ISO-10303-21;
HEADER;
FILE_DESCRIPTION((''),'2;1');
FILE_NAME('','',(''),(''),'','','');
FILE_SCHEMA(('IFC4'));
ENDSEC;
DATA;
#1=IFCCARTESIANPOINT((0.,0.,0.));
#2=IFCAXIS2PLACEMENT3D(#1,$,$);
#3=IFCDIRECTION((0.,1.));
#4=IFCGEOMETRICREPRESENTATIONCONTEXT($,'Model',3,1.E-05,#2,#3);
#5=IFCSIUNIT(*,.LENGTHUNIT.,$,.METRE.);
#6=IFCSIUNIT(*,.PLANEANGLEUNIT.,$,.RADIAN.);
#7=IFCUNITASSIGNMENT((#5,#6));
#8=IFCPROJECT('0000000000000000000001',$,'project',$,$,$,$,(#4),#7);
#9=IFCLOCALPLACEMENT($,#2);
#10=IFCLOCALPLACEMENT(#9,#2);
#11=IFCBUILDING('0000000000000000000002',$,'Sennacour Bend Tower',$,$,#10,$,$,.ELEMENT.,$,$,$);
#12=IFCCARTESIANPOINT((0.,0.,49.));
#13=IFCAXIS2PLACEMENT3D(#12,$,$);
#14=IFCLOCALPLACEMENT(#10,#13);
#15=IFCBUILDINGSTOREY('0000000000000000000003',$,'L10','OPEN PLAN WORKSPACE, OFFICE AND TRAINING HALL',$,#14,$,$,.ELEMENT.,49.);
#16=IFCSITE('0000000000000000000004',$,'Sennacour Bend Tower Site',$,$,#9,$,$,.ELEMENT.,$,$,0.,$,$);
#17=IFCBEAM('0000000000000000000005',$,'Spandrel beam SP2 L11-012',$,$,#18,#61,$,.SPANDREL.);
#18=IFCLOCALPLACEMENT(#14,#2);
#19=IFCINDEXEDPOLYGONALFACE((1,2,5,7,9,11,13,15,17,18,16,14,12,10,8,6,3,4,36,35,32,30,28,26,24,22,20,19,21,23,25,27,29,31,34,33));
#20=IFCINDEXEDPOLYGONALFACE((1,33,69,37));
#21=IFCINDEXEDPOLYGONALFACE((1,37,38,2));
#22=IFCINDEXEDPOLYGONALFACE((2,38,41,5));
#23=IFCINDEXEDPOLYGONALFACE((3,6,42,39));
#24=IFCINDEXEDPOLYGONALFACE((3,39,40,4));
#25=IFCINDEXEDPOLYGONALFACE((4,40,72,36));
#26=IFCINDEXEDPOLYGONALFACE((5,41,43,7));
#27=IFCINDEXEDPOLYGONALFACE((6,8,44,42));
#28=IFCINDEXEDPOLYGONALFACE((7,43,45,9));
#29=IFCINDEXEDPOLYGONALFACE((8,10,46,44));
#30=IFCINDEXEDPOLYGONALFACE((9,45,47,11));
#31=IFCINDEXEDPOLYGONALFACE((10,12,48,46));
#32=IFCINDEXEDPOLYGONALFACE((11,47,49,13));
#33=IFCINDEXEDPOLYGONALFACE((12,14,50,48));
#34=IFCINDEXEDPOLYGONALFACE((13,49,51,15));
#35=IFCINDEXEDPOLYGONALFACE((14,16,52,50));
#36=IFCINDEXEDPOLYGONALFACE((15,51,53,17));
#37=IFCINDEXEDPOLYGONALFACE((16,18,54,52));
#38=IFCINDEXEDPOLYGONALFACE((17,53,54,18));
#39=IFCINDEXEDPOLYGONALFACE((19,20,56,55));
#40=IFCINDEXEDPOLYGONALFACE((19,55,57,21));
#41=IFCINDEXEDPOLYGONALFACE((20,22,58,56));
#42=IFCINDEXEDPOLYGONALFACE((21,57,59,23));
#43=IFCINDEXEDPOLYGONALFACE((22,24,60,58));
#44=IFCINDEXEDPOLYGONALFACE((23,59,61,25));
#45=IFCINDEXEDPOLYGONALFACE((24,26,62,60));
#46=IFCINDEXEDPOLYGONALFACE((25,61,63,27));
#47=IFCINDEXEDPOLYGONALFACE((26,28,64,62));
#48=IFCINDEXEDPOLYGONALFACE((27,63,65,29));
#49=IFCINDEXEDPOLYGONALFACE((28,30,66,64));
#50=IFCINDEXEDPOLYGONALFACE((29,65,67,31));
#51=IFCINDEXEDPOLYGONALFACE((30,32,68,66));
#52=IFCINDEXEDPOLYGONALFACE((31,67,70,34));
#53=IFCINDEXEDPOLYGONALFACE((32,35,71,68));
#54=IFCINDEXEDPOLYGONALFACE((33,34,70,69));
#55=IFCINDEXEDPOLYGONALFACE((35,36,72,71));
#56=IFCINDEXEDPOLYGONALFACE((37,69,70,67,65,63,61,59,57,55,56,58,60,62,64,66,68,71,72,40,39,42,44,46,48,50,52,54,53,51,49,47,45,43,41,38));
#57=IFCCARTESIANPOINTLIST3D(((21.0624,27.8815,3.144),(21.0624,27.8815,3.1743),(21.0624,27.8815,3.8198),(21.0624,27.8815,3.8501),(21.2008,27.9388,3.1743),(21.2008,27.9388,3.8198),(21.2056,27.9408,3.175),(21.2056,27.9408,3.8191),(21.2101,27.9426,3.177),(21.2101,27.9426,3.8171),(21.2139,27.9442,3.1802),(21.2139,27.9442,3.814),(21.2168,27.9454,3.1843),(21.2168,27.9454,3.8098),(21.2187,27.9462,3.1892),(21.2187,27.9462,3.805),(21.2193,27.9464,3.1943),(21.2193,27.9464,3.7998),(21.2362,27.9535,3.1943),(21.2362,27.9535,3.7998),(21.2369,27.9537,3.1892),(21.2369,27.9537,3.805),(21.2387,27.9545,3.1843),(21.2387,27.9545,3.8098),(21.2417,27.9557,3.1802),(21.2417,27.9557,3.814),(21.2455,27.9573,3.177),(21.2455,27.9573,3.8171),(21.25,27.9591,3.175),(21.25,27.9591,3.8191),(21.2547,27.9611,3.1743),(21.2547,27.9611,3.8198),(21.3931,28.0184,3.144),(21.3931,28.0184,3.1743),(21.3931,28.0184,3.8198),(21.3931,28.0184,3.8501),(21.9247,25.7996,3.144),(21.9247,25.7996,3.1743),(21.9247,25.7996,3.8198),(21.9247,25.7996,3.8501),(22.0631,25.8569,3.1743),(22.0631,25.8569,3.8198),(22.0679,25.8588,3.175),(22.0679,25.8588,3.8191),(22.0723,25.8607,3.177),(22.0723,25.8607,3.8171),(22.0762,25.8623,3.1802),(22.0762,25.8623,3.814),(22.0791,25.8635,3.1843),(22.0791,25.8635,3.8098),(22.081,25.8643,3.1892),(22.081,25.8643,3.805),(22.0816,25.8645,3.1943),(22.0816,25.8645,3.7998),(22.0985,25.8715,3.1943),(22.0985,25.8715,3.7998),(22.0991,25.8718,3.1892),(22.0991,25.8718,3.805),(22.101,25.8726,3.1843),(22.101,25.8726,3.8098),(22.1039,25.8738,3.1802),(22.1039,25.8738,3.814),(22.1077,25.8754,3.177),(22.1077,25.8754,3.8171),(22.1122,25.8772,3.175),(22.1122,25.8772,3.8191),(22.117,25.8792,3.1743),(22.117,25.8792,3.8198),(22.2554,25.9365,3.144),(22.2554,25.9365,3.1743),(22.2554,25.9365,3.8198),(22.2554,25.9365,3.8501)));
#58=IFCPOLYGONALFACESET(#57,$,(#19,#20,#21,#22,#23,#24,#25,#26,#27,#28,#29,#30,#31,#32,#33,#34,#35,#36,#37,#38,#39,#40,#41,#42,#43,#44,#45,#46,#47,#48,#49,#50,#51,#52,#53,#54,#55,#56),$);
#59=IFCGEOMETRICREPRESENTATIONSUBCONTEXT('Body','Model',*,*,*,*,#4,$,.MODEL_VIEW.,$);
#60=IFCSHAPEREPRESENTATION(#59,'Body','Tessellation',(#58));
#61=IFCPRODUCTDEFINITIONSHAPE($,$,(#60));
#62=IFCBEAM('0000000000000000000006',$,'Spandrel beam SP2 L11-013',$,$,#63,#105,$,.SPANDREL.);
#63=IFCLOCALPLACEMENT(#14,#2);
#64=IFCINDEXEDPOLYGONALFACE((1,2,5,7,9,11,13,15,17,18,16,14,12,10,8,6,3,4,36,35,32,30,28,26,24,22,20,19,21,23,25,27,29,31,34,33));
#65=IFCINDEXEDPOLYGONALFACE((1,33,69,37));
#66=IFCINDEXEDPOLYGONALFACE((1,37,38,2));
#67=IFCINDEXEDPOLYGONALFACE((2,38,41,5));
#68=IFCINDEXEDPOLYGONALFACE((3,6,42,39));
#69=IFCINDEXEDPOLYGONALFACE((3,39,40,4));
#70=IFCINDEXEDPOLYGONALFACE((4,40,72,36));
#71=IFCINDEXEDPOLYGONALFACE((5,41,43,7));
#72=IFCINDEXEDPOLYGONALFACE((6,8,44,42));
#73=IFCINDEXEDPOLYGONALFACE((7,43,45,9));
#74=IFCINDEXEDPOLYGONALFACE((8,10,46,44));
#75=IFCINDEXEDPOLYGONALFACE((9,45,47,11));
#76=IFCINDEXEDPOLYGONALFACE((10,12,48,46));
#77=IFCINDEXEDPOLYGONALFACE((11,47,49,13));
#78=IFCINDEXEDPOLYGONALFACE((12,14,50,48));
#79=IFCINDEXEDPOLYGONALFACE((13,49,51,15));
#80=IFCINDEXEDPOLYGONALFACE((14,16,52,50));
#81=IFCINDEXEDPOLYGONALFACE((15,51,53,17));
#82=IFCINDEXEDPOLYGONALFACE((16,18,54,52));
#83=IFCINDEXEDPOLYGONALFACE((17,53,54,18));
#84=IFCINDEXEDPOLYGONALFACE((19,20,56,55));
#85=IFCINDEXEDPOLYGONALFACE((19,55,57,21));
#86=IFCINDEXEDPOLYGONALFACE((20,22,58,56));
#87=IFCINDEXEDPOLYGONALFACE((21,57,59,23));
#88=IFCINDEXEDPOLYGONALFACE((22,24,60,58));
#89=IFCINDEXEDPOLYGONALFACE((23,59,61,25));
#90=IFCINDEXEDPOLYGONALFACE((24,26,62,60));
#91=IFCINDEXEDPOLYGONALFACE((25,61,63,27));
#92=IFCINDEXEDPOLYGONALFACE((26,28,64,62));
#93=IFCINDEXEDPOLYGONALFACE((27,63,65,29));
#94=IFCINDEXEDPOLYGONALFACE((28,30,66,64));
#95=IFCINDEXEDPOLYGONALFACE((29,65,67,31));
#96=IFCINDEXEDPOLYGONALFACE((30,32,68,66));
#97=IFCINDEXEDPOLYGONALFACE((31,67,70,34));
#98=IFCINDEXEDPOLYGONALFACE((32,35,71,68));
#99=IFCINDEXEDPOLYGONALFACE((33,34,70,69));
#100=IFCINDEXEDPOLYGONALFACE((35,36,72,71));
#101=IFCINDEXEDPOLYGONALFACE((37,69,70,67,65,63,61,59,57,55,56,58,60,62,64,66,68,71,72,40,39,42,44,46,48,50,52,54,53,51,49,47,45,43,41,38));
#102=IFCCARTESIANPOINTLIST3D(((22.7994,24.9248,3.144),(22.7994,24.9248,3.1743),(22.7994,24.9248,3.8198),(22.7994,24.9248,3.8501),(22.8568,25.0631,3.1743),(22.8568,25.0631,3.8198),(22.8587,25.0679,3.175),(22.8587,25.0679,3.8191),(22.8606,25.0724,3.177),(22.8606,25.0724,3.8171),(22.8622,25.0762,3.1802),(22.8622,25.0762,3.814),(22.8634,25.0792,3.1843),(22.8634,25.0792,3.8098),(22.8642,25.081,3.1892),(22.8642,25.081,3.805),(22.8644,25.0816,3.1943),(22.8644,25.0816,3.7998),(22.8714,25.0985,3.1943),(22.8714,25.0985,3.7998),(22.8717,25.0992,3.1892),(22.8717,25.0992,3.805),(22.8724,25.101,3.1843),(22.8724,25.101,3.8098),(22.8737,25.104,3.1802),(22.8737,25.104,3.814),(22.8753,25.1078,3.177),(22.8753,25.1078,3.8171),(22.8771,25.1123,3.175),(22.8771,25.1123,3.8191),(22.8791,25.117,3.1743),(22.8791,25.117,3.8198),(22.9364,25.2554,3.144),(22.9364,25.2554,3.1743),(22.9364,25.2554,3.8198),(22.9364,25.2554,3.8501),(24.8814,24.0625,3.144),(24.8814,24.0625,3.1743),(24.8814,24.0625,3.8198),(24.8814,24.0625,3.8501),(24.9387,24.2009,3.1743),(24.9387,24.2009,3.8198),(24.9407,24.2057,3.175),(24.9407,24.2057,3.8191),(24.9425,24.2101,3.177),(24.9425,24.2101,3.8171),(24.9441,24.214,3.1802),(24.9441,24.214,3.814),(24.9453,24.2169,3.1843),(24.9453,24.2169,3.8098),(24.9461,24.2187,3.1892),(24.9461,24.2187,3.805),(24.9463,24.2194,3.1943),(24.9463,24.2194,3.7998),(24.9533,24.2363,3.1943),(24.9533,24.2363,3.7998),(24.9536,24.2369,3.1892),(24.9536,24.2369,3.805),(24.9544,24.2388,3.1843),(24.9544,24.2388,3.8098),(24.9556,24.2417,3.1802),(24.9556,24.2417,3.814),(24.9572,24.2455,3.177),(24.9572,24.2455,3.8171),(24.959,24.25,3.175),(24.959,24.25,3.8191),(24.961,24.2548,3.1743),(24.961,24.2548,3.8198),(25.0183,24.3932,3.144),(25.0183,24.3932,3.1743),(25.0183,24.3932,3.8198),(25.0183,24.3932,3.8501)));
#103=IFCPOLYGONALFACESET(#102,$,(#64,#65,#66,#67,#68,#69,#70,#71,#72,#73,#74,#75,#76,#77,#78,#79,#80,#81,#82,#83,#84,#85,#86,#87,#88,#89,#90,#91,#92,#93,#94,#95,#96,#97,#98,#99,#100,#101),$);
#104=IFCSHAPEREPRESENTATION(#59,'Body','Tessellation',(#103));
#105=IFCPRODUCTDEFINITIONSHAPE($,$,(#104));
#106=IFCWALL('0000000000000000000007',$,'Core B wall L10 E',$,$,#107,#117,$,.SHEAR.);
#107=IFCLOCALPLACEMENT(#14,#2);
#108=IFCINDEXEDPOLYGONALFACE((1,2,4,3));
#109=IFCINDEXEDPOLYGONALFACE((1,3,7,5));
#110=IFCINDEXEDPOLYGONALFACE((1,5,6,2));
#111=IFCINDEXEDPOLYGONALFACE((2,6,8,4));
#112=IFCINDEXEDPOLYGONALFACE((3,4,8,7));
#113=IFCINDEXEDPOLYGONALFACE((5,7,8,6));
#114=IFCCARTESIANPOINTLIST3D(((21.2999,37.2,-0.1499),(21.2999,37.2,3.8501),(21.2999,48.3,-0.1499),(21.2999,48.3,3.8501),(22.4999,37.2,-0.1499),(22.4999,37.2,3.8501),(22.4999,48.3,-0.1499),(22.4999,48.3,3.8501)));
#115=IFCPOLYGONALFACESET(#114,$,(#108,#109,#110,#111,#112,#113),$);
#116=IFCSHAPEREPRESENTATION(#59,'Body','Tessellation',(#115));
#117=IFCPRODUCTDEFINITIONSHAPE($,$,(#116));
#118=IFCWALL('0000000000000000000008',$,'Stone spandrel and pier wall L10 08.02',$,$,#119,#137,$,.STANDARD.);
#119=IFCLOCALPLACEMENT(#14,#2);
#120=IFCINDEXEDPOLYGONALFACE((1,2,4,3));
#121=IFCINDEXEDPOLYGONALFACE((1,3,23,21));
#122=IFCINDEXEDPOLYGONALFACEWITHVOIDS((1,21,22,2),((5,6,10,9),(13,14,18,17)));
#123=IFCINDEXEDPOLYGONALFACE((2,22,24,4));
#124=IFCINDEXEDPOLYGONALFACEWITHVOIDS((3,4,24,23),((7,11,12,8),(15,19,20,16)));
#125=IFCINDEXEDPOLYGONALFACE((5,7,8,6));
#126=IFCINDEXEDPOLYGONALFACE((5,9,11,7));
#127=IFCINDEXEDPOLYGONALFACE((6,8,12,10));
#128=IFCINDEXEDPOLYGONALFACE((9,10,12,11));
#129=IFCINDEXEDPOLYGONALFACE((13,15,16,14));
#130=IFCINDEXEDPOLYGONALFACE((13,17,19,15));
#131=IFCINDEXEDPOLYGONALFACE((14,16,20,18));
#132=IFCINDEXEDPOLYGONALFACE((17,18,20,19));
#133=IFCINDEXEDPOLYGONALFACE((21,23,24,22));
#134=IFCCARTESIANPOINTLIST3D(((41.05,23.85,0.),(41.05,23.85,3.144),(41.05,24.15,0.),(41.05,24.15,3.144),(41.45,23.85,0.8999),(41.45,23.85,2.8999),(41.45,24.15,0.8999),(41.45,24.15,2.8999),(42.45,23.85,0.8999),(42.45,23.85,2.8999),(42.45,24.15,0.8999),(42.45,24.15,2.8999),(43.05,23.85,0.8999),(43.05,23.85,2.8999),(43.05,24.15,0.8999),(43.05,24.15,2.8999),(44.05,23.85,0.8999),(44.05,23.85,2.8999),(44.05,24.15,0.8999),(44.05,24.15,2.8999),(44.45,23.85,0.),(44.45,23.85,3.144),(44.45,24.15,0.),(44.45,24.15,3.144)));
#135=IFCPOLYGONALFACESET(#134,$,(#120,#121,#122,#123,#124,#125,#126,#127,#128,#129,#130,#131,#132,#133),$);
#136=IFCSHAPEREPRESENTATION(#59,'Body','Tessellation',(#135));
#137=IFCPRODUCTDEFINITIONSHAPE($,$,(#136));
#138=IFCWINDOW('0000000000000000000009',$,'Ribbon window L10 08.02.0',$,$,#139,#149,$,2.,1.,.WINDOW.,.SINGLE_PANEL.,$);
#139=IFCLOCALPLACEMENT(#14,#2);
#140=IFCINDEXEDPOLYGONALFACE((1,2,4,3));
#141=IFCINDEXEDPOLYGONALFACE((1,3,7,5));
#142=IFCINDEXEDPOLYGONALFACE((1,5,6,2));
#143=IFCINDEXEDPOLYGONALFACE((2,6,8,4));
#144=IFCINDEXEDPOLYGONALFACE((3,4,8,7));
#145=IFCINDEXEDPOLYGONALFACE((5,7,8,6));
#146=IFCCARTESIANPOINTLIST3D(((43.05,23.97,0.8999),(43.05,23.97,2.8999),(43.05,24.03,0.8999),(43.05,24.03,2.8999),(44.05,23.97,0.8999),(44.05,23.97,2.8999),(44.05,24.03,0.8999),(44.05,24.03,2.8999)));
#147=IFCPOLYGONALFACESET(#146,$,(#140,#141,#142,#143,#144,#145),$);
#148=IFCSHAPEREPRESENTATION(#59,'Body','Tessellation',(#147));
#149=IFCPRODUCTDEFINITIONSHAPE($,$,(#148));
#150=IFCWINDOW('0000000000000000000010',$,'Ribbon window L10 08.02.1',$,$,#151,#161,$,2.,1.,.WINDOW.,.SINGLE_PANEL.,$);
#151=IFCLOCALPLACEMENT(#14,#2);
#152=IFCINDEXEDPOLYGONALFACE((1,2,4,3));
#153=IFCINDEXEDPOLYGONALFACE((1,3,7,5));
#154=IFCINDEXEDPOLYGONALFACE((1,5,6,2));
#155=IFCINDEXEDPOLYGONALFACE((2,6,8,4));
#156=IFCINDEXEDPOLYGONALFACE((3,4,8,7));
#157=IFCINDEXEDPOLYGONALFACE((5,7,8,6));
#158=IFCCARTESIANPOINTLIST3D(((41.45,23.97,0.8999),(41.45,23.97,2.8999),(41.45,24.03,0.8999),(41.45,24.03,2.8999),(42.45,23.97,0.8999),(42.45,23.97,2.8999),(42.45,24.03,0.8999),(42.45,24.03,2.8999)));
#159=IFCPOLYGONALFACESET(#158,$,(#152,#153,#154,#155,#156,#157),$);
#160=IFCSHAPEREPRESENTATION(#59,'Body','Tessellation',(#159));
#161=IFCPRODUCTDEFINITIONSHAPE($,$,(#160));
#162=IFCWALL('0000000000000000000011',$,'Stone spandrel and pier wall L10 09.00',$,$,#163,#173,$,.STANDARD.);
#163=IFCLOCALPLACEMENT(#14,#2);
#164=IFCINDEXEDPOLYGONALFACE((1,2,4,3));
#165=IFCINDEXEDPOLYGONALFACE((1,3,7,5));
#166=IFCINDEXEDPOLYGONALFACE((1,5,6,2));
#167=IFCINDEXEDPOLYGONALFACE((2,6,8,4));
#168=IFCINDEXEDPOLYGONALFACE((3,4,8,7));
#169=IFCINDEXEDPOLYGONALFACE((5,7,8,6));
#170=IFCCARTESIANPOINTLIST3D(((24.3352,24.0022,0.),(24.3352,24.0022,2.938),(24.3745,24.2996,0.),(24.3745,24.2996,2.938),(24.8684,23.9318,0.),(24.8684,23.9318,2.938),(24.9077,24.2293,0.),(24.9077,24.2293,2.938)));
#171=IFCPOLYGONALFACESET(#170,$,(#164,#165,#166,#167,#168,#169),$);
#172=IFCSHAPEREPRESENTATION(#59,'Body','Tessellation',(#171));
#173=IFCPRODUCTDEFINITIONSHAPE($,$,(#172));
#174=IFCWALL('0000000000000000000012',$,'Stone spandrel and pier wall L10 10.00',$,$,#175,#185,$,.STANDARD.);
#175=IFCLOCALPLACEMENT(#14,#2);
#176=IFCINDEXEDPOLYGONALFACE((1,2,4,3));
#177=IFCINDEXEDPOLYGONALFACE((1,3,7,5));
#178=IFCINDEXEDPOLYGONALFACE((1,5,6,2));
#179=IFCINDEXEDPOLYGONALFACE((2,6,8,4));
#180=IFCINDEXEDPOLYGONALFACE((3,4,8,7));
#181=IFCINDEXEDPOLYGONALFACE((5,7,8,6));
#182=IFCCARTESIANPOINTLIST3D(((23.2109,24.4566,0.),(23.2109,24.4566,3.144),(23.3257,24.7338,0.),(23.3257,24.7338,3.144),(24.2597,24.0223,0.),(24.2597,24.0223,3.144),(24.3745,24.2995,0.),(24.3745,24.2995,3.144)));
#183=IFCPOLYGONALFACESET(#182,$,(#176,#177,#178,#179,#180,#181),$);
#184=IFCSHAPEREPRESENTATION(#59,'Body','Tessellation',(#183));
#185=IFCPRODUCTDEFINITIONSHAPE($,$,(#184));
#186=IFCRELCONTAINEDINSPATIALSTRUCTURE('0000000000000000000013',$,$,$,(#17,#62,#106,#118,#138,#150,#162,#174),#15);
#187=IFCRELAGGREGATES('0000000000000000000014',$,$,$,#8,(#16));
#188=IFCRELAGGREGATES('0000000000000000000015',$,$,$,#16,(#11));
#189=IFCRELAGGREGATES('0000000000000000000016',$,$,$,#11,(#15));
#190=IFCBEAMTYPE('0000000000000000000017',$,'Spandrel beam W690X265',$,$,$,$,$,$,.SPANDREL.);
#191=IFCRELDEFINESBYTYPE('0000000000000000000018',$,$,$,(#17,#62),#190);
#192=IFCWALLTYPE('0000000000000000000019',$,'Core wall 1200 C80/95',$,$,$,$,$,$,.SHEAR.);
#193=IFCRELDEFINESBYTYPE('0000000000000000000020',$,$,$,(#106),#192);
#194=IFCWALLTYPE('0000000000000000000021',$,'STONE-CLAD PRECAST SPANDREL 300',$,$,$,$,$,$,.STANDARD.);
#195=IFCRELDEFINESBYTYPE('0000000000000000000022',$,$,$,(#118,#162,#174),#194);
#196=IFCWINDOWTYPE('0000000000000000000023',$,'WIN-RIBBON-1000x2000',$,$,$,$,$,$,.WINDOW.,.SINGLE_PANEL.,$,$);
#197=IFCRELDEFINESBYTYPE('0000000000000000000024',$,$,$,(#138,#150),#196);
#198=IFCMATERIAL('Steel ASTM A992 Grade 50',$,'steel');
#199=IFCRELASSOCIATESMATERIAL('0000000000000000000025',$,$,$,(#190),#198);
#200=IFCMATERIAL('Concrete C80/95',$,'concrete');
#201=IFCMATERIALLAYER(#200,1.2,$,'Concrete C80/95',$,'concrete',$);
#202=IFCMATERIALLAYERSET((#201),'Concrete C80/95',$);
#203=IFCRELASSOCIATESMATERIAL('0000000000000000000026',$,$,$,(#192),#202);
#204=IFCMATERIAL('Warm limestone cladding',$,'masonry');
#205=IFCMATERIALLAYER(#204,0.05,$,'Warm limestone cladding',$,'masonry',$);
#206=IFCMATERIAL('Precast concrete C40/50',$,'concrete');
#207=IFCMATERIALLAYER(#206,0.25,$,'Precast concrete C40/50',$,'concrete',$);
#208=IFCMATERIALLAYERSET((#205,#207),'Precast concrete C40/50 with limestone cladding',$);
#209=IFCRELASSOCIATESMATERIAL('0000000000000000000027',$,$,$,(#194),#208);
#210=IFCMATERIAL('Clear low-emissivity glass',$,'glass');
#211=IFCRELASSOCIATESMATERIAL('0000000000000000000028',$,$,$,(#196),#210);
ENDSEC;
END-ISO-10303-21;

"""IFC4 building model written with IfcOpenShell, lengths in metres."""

from ifc_helpers import new_model, si_unit, direction, frame, frame_2d, origin, origin_2d, place, context, subcontext, project, spatial, rectangle, i_section, extrude, material, layer, layer_set, material_profile, profile_set, type_object, element, fill, save


model = new_model("IFC4")

# Units and contexts
model_context = context("Model", 3, precision=1e-05, world=origin(), true_north=direction((0.0, 1.0)))
body_context = subcontext(model_context, "Body", "Model", "MODEL_VIEW")
ifc_project = project(units=[si_unit("LENGTHUNIT", "METRE"), si_unit("PLANEANGLEUNIT", "RADIAN")], contexts=[model_context])

# Site, building, storey
site_placement = place(None, origin())
site = spatial("IfcSite", under=ifc_project, at=site_placement, Name="Sennacour Bend Tower Site", CompositionType="ELEMENT", RefElevation=0.0)
building_placement = place(site_placement, origin())
building = spatial("IfcBuilding", under=site, at=building_placement, Name="Sennacour Bend Tower", CompositionType="ELEMENT")
storey_placement = place(building_placement, frame((0.0, 0.0, 49.0)))
storey = spatial("IfcBuildingStorey", under=building, at=storey_placement, Name="L10", Description="OPEN PLAN WORKSPACE, OFFICE AND TRAINING HALL", CompositionType="ELEMENT", Elevation=49.0)

# Beams
ifc_material_1 = material(Name="Steel ASTM A992 Grade 50", Category="steel")
ifc_material_profile_1 = material_profile(ifc_material_1, i_section(OverallWidth=0.3579, OverallDepth=0.7061, WebThickness=0.0183, FlangeThickness=0.0303, FilletRadius=0.02, at=origin_2d()), Name="Steel ASTM A992 Grade 50", Category="steel")
ifc_profile_set_1 = profile_set([ifc_material_profile_1], Name="Steel ASTM A992 Grade 50")
beam_type = type_object("IfcBeamType", Name="Spandrel beam W690X265", PredefinedType="SPANDREL", material=ifc_profile_set_1)
for number, where, z_axis, x_axis, name in (
    (1, (21.2278, 27.95, 3.4971), (0.382645, -0.923895, 0.0), (0.923895, 0.382645, 0.0), "Spandrel beam SP2 L11-012"),
    (2, (22.8679, 25.0901, 3.4971), (0.923895, -0.382645, 0.0), (0.382645, 0.923895, 0.0), "Spandrel beam SP2 L11-013"),
):
    element("IfcBeam", number, at=place(storey_placement, frame(where, z_axis=z_axis, x_axis=x_axis)), inside=storey, type_object=beam_type, Name=name, PredefinedType="SPANDREL", context=body_context, shape_type="SweptSolid", body=[
        extrude(i_section(OverallWidth=0.3579, OverallDepth=0.7061, WebThickness=0.0183, FlangeThickness=0.0303, FilletRadius=0.02, at=origin_2d()), origin(), (0.0, 0.0, 1.0), 2.2534),
    ])

# Wall
ifc_material_2 = material(Name="Concrete C80/95", Category="concrete")
ifc_layer_1 = layer(ifc_material_2, 1.2, Name="Concrete C80/95", Category="concrete")
ifc_layer_set_1 = layer_set([ifc_layer_1], Name="Concrete C80/95")
wall_type_1 = type_object("IfcWallType", Name="Core wall 1200 C80/95", PredefinedType="SHEAR", material=ifc_layer_set_1)
wall_1_placement = place(storey_placement, frame((21.8999, 37.2, -0.1499), z_axis=(0.0, 0.0, 1.0), x_axis=(0.0, 1.0, 0.0)))
element("IfcWall", 3, at=wall_1_placement, inside=storey, type_object=wall_type_1, Name="Core B wall L10 E", PredefinedType="SHEAR", context=body_context, shape_type="SweptSolid", body=[
    extrude(rectangle(XDim=11.1001, YDim=1.2, at=frame_2d((5.55, 0.0))), origin(), (0.0, 0.0, 1.0), 4.0),
])

# Wall, openings, windows
ifc_material_3 = material(Name="Warm limestone cladding", Category="masonry")
ifc_layer_2 = layer(ifc_material_3, 0.05, Name="Warm limestone cladding", Category="masonry")
ifc_material_4 = material(Name="Precast concrete C40/50", Category="concrete")
ifc_layer_3 = layer(ifc_material_4, 0.25, Name="Precast concrete C40/50", Category="concrete")
ifc_layer_set_2 = layer_set([ifc_layer_2, ifc_layer_3], Name="Precast concrete C40/50 with limestone cladding")
wall_type_2 = type_object("IfcWallType", Name="STONE-CLAD PRECAST SPANDREL 300", PredefinedType="STANDARD", material=ifc_layer_set_2)
wall_2_placement = place(storey_placement, frame((44.45, 24.0, 0.0), z_axis=(0.0, 0.0, 1.0), x_axis=(-1.0, 0.0, 0.0)))
wall_2 = element("IfcWall", 4, at=wall_2_placement, inside=storey, type_object=wall_type_2, Name="Stone spandrel and pier wall L10 08.02", PredefinedType="STANDARD", context=body_context, shape_type="SweptSolid", body=[
    extrude(rectangle(XDim=3.3999, YDim=0.3, at=frame_2d((1.7, 0.0))), origin(), (0.0, 0.0, 1.0), 3.144),
])
opening_1_placement = place(wall_2_placement, frame((0.3999, 0.0, 0.8999)))
opening_1 = element("IfcOpeningElement", 5, at=opening_1_placement, cuts=wall_2, PredefinedType="OPENING", context=body_context, shape_type="SweptSolid", body=[
    extrude(rectangle(XDim=1.0, YDim=2.0, at=frame_2d((0.5, 1.0))), frame((0.0, 0.1602, 0.0), z_axis=(0.0, -1.0, 0.0), x_axis=(1.0, 0.0, 0.0)), (0.0, 0.0, 1.0), 0.3201),
])
opening_2_placement = place(wall_2_placement, frame((2.0, 0.0, 0.8999)))
opening_2 = element("IfcOpeningElement", 6, at=opening_2_placement, cuts=wall_2, PredefinedType="OPENING", context=body_context, shape_type="SweptSolid", body=[
    extrude(rectangle(XDim=1.0, YDim=2.0, at=frame_2d((0.5, 1.0))), frame((0.0, 0.1602, 0.0), z_axis=(0.0, -1.0, 0.0), x_axis=(1.0, 0.0, 0.0)), (0.0, 0.0, 1.0), 0.3201),
])
ifc_material_5 = material(Name="Clear low-emissivity glass", Category="glass")
window_type_1 = type_object("IfcWindowType", Name="WIN-RIBBON-1000x2000", PartitioningType="SINGLE_PANEL", PredefinedType="WINDOW", material=ifc_material_5)
window_1_placement = place(opening_1_placement, origin())
window_1 = element("IfcWindow", 7, at=window_1_placement, inside=storey, type_object=window_type_1, Name="Ribbon window L10 08.02.0", OverallHeight=2.0, OverallWidth=1.0, PartitioningType="SINGLE_PANEL", PredefinedType="WINDOW", context=body_context, shape_type="SweptSolid", body=[
    extrude(rectangle(XDim=1.0, YDim=2.0, at=frame_2d((0.5, 1.0))), frame((0.0, 0.03, 0.0), z_axis=(0.0, -1.0, 0.0), x_axis=(1.0, 0.0, 0.0)), (0.0, 0.0, 1.0), 0.0601),
])
fill(opening_1, window_1)
window_2_placement = place(opening_2_placement, origin())
window_2 = element("IfcWindow", 8, at=window_2_placement, inside=storey, type_object=window_type_1, Name="Ribbon window L10 08.02.1", OverallHeight=2.0, OverallWidth=1.0, PartitioningType="SINGLE_PANEL", PredefinedType="WINDOW", context=body_context, shape_type="SweptSolid", body=[
    extrude(rectangle(XDim=1.0, YDim=2.0, at=frame_2d((0.5, 1.0))), frame((0.0, 0.03, 0.0), z_axis=(0.0, -1.0, 0.0), x_axis=(1.0, 0.0, 0.0)), (0.0, 0.0, 1.0), 0.0601),
])
fill(opening_2, window_2)

# Walls
wall_3_placement = place(storey_placement, frame((24.8882, 24.0806, 0.0), z_axis=(0.0, 0.0, 1.0), x_axis=(-0.991417, 0.130736, 0.0)))
element("IfcWall", 9, at=wall_3_placement, inside=storey, type_object=wall_type_2, Name="Stone spandrel and pier wall L10 09.00", PredefinedType="STANDARD", context=body_context, shape_type="SweptSolid", body=[
    extrude(rectangle(XDim=0.5378, YDim=0.3, at=frame_2d((0.269, 0.0))), origin(), (0.0, 0.0, 1.0), 2.938),
])
wall_4_placement = place(storey_placement, frame((24.3171, 24.1609, 0.0), z_axis=(0.0, 0.0, 1.0), x_axis=(-0.923915, 0.382599, 0.0)))
element("IfcWall", 10, at=wall_4_placement, inside=storey, type_object=wall_type_2, Name="Stone spandrel and pier wall L10 10.00", PredefinedType="STANDARD", context=body_context, shape_type="SweptSolid", body=[
    extrude(rectangle(XDim=1.1353, YDim=0.3, at=frame_2d((0.5676, 0.0))), origin(), (0.0, 0.0, 1.0), 3.144),
])

save(model, "model.ifc")
